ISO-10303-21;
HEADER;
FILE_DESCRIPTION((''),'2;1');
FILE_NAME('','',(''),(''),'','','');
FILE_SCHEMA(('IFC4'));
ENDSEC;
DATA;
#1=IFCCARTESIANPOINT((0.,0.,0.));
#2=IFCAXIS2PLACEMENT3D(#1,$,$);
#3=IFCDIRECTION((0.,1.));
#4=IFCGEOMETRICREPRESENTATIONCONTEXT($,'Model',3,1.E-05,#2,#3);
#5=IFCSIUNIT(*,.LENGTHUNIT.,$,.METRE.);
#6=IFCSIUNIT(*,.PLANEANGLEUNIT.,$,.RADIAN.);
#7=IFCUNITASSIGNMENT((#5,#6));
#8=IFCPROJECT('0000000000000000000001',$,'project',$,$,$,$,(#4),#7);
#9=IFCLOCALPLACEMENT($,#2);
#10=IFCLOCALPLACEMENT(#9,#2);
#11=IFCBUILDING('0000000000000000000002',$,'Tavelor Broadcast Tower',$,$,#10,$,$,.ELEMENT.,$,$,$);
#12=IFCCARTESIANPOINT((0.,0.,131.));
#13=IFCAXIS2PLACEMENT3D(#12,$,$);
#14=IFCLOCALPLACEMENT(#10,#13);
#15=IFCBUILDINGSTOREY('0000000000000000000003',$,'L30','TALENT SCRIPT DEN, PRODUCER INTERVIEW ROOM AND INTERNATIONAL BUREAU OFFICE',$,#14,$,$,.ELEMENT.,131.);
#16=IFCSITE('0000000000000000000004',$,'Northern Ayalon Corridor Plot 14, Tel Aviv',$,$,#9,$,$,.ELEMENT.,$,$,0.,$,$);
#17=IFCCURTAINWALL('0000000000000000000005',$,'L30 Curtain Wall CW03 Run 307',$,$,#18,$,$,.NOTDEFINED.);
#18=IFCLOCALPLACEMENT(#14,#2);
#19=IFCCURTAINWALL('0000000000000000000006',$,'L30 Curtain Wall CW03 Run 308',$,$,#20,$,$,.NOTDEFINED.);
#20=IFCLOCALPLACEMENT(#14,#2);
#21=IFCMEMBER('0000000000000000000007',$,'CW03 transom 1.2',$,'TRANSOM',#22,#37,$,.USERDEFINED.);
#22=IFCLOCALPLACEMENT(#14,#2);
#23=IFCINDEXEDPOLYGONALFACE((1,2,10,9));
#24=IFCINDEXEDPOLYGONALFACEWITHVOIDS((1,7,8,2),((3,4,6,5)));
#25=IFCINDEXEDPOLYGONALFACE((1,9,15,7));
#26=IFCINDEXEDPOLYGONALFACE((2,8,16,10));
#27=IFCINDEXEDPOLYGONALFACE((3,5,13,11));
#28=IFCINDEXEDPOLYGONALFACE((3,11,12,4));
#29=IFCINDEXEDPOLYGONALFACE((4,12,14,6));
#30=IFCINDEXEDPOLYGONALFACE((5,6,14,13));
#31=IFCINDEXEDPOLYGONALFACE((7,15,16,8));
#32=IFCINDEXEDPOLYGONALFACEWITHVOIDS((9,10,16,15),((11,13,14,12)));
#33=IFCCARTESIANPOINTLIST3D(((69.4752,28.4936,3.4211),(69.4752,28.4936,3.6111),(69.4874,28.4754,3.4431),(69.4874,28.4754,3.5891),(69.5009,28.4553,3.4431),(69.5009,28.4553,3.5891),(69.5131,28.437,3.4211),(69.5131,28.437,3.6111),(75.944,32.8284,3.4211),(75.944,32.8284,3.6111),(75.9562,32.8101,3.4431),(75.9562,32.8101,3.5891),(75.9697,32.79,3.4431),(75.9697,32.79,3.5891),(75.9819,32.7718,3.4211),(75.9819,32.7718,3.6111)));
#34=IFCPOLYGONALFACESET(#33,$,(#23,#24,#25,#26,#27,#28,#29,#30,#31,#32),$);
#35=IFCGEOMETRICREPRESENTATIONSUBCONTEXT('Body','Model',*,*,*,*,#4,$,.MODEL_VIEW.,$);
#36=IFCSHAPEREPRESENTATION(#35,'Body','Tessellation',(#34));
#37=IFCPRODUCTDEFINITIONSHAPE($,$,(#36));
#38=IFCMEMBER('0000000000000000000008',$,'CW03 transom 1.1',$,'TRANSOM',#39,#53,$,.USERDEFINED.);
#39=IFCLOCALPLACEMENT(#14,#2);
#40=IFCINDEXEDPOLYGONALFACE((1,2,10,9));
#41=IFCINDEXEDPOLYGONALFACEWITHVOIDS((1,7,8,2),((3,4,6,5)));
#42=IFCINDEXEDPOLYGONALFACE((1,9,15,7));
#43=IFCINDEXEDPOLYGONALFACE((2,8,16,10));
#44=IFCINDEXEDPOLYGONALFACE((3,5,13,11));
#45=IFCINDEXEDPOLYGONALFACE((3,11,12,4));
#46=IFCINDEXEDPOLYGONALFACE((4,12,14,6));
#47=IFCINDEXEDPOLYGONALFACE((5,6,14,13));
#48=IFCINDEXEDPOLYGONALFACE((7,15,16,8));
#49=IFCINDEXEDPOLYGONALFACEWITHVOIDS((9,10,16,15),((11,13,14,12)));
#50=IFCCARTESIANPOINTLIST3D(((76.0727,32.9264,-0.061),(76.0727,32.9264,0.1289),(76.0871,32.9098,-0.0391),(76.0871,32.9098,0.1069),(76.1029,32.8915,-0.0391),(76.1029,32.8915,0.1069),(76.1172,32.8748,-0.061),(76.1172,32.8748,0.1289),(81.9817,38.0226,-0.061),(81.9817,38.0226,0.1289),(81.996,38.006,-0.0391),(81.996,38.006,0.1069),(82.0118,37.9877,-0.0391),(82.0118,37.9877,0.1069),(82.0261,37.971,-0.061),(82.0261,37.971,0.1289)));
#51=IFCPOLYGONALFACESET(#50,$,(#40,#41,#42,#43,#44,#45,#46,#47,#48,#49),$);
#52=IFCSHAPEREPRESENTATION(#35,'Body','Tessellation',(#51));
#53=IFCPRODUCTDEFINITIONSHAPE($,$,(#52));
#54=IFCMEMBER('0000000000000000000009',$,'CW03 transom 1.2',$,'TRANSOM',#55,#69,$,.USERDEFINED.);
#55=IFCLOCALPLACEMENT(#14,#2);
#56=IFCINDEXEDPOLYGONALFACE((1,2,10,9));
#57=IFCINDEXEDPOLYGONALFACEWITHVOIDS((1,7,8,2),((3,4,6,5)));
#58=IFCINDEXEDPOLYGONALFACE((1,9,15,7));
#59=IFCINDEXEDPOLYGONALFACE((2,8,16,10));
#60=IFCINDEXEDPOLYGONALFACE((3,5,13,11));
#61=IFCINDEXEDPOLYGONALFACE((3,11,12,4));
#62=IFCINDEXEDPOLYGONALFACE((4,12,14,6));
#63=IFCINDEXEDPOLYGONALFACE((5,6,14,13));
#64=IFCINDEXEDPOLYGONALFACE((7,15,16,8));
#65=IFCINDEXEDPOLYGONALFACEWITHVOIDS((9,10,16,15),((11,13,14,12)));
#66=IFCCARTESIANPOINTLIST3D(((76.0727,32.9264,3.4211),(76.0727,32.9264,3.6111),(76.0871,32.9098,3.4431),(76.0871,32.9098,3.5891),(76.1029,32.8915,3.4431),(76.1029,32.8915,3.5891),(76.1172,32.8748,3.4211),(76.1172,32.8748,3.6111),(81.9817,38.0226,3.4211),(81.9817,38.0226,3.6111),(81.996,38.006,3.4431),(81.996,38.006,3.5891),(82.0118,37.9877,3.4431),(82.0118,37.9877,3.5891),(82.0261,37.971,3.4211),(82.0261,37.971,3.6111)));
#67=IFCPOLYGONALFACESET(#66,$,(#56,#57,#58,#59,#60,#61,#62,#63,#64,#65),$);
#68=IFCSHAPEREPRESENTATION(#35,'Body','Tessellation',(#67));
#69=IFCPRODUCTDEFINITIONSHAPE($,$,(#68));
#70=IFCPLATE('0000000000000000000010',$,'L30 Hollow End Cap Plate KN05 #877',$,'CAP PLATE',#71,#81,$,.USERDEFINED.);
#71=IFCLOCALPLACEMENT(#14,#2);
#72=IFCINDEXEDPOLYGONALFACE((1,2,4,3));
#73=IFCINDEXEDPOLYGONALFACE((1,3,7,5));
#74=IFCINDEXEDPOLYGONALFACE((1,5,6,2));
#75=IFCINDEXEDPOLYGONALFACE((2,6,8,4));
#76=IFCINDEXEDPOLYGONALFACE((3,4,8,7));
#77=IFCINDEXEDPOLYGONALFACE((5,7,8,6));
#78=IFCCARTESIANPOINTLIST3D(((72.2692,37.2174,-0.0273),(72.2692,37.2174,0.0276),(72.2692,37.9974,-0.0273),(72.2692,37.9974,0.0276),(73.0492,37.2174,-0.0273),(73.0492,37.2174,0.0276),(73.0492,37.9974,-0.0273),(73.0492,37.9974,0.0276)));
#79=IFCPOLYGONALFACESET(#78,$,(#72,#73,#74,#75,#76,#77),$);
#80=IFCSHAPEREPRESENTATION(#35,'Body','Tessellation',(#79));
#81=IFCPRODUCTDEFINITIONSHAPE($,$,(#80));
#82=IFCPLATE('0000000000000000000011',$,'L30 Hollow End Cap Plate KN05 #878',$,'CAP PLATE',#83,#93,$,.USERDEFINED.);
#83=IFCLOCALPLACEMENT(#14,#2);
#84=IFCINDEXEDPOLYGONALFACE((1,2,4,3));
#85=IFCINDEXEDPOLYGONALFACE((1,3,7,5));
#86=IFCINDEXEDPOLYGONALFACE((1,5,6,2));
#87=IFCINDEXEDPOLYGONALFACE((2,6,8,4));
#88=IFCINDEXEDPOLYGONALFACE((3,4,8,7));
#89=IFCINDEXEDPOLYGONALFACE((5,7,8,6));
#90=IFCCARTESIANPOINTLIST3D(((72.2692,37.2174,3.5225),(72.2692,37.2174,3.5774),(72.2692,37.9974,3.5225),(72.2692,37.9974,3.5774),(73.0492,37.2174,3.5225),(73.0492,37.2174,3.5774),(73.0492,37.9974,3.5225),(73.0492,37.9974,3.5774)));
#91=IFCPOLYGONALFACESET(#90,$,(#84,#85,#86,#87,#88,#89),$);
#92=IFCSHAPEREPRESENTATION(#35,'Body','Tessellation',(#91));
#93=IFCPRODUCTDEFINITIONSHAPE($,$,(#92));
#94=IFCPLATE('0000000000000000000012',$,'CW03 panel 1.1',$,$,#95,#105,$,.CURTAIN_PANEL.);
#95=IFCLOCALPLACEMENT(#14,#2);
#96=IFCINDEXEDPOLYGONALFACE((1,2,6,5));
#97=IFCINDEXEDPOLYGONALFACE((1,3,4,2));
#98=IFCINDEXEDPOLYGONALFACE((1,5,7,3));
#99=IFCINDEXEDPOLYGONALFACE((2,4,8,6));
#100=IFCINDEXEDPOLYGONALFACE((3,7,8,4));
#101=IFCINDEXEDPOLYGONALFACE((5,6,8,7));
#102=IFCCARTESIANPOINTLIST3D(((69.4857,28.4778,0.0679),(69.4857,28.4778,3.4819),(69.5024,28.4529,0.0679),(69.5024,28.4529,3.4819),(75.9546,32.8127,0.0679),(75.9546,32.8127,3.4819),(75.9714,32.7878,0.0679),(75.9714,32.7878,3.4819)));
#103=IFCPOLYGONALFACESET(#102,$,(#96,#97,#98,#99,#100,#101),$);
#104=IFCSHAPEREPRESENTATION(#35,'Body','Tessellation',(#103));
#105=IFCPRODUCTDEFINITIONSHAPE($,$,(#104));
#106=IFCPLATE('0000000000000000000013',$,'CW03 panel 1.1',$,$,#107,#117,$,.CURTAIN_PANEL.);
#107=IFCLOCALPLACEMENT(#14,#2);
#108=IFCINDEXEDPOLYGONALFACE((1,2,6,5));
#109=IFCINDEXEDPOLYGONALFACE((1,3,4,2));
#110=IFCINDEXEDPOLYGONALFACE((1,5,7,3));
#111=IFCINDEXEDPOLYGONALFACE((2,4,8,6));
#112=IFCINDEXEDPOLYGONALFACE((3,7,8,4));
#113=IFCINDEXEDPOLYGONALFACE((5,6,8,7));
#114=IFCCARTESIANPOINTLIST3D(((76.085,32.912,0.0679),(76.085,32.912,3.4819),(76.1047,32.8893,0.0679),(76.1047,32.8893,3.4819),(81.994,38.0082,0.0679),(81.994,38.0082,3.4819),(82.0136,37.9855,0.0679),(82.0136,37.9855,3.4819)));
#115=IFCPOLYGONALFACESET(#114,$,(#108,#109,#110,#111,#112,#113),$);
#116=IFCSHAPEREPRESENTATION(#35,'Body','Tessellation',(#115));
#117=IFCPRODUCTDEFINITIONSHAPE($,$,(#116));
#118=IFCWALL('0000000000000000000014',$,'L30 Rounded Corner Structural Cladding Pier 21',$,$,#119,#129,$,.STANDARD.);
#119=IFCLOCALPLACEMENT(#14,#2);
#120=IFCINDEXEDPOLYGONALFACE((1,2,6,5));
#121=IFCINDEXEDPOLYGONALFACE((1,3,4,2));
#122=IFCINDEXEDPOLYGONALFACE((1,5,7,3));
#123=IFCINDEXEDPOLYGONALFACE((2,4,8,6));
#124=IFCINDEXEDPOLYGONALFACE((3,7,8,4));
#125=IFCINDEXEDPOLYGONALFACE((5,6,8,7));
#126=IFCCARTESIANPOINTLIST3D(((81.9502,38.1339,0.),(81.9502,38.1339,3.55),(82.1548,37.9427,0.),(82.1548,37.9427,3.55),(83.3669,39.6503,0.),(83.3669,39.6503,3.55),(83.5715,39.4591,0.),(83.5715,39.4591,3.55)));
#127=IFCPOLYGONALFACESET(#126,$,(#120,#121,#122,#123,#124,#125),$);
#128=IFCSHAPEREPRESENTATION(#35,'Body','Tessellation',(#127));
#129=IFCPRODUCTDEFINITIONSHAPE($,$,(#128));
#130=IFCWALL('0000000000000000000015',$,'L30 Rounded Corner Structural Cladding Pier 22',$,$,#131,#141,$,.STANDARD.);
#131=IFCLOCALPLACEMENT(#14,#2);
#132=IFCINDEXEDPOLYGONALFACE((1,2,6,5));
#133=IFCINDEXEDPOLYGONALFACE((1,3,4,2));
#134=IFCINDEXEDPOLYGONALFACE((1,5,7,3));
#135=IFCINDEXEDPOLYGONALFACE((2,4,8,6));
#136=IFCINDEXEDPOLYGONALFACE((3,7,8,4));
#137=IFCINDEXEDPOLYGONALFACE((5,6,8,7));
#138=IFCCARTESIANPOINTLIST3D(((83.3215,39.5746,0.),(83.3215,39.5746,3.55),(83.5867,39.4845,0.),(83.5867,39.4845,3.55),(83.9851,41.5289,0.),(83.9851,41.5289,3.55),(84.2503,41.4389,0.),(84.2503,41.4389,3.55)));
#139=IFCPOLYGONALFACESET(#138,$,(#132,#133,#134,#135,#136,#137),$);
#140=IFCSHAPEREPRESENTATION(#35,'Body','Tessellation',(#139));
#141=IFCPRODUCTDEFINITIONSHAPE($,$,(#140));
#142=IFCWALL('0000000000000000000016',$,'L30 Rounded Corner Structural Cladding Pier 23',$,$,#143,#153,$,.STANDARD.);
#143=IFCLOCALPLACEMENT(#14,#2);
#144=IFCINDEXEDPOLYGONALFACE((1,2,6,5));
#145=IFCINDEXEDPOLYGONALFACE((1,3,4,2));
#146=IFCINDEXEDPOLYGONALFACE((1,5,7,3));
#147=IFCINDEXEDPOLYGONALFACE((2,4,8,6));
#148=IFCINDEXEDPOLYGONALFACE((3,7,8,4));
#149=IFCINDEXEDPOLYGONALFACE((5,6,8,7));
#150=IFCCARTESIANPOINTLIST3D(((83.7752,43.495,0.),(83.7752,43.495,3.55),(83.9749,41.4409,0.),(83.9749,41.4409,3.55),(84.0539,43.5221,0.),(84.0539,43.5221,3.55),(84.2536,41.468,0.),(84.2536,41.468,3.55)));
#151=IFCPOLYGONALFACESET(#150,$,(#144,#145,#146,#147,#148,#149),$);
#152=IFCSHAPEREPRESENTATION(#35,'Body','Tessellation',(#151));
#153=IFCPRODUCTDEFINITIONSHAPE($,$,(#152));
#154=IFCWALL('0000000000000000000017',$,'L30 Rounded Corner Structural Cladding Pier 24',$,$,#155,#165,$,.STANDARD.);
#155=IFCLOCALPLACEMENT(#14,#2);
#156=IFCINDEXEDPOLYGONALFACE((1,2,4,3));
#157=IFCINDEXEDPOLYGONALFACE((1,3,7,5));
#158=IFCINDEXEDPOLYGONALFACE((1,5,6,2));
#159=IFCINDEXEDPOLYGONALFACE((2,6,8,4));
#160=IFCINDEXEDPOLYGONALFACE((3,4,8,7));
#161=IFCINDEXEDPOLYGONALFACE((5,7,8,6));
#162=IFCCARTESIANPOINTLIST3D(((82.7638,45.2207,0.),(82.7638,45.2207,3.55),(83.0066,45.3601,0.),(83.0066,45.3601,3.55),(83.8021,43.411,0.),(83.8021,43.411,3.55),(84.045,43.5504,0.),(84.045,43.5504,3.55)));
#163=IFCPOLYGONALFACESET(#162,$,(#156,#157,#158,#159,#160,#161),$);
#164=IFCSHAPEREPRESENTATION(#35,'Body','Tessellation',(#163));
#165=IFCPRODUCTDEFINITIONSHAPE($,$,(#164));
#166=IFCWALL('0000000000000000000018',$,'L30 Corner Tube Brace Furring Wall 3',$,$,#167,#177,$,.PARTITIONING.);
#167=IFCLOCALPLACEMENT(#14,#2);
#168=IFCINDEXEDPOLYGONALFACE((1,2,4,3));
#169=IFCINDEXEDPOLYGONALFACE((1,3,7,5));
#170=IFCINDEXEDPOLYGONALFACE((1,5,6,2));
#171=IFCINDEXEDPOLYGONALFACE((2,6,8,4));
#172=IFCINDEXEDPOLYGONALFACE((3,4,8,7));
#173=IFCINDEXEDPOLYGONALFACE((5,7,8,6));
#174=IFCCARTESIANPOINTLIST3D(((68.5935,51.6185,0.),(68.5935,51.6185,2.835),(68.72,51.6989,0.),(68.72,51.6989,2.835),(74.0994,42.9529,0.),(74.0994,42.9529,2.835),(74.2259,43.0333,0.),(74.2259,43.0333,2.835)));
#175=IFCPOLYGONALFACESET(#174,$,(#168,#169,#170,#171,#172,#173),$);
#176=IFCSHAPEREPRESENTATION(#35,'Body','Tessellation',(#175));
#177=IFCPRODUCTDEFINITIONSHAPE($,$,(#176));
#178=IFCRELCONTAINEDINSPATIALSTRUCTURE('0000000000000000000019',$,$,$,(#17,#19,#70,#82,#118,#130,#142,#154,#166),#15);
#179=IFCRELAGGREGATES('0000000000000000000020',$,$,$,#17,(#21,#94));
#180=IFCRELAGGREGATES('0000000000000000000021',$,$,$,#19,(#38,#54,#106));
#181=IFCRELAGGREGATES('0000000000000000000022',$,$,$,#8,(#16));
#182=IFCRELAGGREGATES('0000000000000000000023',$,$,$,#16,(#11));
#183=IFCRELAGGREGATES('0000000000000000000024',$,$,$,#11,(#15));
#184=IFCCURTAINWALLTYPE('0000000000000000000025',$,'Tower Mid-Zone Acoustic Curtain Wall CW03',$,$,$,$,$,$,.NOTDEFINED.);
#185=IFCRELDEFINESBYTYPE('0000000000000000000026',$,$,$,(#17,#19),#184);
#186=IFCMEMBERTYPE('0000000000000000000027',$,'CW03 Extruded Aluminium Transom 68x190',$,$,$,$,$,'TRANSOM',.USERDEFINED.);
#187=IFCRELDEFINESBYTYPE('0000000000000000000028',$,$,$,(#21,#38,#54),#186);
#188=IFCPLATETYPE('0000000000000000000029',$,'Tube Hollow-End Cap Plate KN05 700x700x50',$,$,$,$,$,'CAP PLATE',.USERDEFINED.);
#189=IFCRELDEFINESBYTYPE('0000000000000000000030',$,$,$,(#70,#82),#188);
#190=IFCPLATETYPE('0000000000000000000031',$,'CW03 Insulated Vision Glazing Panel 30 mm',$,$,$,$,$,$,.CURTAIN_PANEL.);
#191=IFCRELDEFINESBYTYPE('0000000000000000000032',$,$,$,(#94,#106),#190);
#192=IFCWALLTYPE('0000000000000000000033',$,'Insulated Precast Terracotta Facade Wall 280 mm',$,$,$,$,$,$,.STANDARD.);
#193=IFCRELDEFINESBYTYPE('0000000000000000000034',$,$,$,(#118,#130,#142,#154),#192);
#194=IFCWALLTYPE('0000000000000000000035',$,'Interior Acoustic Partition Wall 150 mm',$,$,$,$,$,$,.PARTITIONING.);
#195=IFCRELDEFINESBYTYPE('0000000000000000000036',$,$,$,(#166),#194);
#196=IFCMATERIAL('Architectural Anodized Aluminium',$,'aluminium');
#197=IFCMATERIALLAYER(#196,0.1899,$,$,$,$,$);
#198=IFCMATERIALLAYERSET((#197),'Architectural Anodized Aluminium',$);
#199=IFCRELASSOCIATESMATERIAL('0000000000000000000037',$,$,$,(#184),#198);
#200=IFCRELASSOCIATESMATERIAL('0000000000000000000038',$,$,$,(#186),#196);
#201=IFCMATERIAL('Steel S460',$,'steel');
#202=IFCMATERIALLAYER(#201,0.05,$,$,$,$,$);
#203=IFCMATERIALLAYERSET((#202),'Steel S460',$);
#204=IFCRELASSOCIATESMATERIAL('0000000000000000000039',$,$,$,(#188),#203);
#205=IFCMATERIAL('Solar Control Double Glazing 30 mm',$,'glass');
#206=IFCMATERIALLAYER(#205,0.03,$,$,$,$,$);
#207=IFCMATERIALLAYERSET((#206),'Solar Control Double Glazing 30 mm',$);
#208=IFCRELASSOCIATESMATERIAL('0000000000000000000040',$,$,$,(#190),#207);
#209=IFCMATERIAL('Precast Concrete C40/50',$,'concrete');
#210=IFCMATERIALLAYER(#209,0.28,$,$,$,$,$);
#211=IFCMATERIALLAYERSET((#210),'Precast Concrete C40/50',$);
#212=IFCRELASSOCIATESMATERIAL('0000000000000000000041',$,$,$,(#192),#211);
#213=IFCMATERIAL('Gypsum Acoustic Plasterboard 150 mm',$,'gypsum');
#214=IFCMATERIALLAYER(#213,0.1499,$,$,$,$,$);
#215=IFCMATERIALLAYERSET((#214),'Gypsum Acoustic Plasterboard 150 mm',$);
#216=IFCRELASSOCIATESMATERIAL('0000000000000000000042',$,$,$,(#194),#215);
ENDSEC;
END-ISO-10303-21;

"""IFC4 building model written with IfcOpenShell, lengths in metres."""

from ifc_helpers import new_model, si_unit, direction, frame, frame_2d, origin, origin_2d, place, context, subcontext, project, spatial, rectangle, hollow_rectangle, extrude, source, transform, mapped, material, layer, layer_set, material_profile, profile_set, type_object, type_shapes, element, aggregate, save


model = new_model("IFC4")

# Units and contexts
model_context = context("Model", 3, precision=1e-05, world=origin(), true_north=direction((0.0, 1.0)))
body_context = subcontext(model_context, "Body", "Model", "MODEL_VIEW")
ifc_project = project(units=[si_unit("LENGTHUNIT", "METRE"), si_unit("PLANEANGLEUNIT", "RADIAN")], contexts=[model_context])

# Site, building, storey
site_placement = place(None, origin())
site = spatial("IfcSite", under=ifc_project, at=site_placement, Name="Northern Ayalon Corridor Plot 14, Tel Aviv", CompositionType="ELEMENT", RefElevation=0.0)
building_placement = place(site_placement, origin())
building = spatial("IfcBuilding", under=site, at=building_placement, Name="Tavelor Broadcast Tower", CompositionType="ELEMENT")
storey_placement = place(building_placement, frame((0.0, 0.0, 131.0)))
storey = spatial("IfcBuildingStorey", under=building, at=storey_placement, Name="L30", Description="TALENT SCRIPT DEN, PRODUCER INTERVIEW ROOM AND INTERNATIONAL BUREAU OFFICE", CompositionType="ELEMENT", Elevation=131.0)

# Shared definitions
ifc_material_1 = material(Name="Steel S460", Category="steel")

# Curtain wall
ifc_material_2 = material(Name="Architectural Anodized Aluminium", Category="aluminium")
ifc_layer_1 = layer(ifc_material_2, 0.1899)
ifc_layer_set_1 = layer_set([ifc_layer_1], Name="Architectural Anodized Aluminium")
curtain_wall_type = type_object("IfcCurtainWallType", Name="Tower Mid-Zone Acoustic Curtain Wall CW03", PredefinedType="NOTDEFINED", material=ifc_layer_set_1)
curtain_wall_1_placement = place(storey_placement, origin())
curtain_wall_1 = element("IfcCurtainWall", 1, at=curtain_wall_1_placement, inside=storey, type_object=curtain_wall_type, Name="L30 Curtain Wall CW03 Run 307", PredefinedType="NOTDEFINED")

# Curtain wall
curtain_wall_2_placement = place(storey_placement, origin())
curtain_wall_2 = element("IfcCurtainWall", 2, at=curtain_wall_2_placement, inside=storey, type_object=curtain_wall_type, Name="L30 Curtain Wall CW03 Run 308", PredefinedType="NOTDEFINED")

# Members
ifc_material_profile_1 = material_profile(ifc_material_2, hollow_rectangle(XDim=0.0681, YDim=0.1899, WallThickness=0.022, at=origin_2d()), Name="RHS 68x190x22")
ifc_profile_set_1 = profile_set([ifc_material_profile_1], Name="Architectural Anodized Aluminium")
member_type_1 = type_object("IfcMemberType", Name="CW03 Extruded Aluminium Transom 68x190", ElementType="TRANSOM", PredefinedType="USERDEFINED", material=ifc_profile_set_1)
shared_shape_1 = source(origin(), body_context, "Body", "SweptSolid", [
    extrude(hollow_rectangle(XDim=0.0681, YDim=0.1899, WallThickness=0.022, at=origin_2d()), origin(), (0.0, 0.0, 1.0), 7.7869),
])
member_1_placement = place(storey_placement, frame((69.4941, 28.4653, 3.5161), z_axis=(0.830731, 0.556674, 0.0), x_axis=(-0.556674, 0.830731, 0.0)))
member_1 = element("IfcMember", 3, at=member_1_placement, type_object=member_type_1, Name="CW03 transom 1.2", ObjectType="TRANSOM", PredefinedType="USERDEFINED", context=body_context, shape_type="MappedRepresentation", body=[
    mapped(shared_shape_1, transform((0.0, 0.0, 0.0), scale=1.0)),
])
shared_shape_2 = source(origin(), body_context, "Body", "SweptSolid", [
    extrude(hollow_rectangle(XDim=0.0681, YDim=0.1899, WallThickness=0.022, at=origin_2d()), origin(), (0.0, 0.0, 1.0), 7.803),
])
type_shapes(member_type_1, [shared_shape_1, shared_shape_2])
member_2_placement = place(storey_placement, frame((76.095, 32.9006, 0.0339), z_axis=(0.757265, 0.653107, 0.0), x_axis=(-0.653107, 0.757265, 0.0)))
member_2 = element("IfcMember", 4, at=member_2_placement, type_object=member_type_1, Name="CW03 transom 1.1", ObjectType="TRANSOM", PredefinedType="USERDEFINED", context=body_context, shape_type="MappedRepresentation", body=[
    mapped(shared_shape_2, transform((0.0, 0.0, 0.0), scale=1.0)),
])
member_3_placement = place(storey_placement, frame((76.095, 32.9006, 3.5161), z_axis=(0.757265, 0.653107, 0.0), x_axis=(-0.653107, 0.757265, 0.0)))
member_3 = element("IfcMember", 5, at=member_3_placement, type_object=member_type_1, Name="CW03 transom 1.2", ObjectType="TRANSOM", PredefinedType="USERDEFINED", context=body_context, shape_type="MappedRepresentation", body=[
    mapped(shared_shape_2, transform((0.0, 0.0, 0.0), scale=1.0)),
])

# Plates
ifc_layer_2 = layer(ifc_material_1, 0.05)
ifc_layer_set_2 = layer_set([ifc_layer_2], Name="Steel S460")
plate_type_1 = type_object("IfcPlateType", Name="Tube Hollow-End Cap Plate KN05 700x700x50", ElementType="CAP PLATE", PredefinedType="USERDEFINED", material=ifc_layer_set_2)
shared_shape_3 = source(origin(), body_context, "Body", "SweptSolid", [
    extrude(rectangle(XDim=0.78, YDim=0.78, at=origin_2d()), origin(), (0.0, 0.0, 1.0), 0.0549),
])
type_shapes(plate_type_1, [shared_shape_3])
for number, where, z_axis, x_axis, name in (
    (6, (72.6592, 37.6074, -0.0273), (0.0, 0.0, 1.0), (1.0, 0.0, 0.0), "L30 Hollow End Cap Plate KN05 #877"),
    (7, (72.6592, 37.6074, 3.5225), (0.0, 0.0, 1.0), (1.0, 0.0, 0.0), "L30 Hollow End Cap Plate KN05 #878"),
):
    element("IfcPlate", number, at=place(storey_placement, frame(where, z_axis=z_axis, x_axis=x_axis)), inside=storey, type_object=plate_type_1, Name=name, ObjectType="CAP PLATE", PredefinedType="USERDEFINED", context=body_context, shape_type="MappedRepresentation", body=[
        mapped(shared_shape_3, transform((0.0, 0.0, 0.0), scale=1.0)),
    ])

# Plates
ifc_material_3 = material(Name="Solar Control Double Glazing 30 mm", Category="glass")
ifc_layer_3 = layer(ifc_material_3, 0.03)
ifc_layer_set_3 = layer_set([ifc_layer_3], Name="Solar Control Double Glazing 30 mm")
plate_type_2 = type_object("IfcPlateType", Name="CW03 Insulated Vision Glazing Panel 30 mm", PredefinedType="CURTAIN_PANEL", material=ifc_layer_set_3)
shared_shape_4 = source(origin(), body_context, "Body", "SweptSolid", [
    extrude(rectangle(XDim=7.7871, YDim=0.03, at=origin_2d()), origin(), (0.0, 0.0, 1.0), 3.4141),
])
plate_1_placement = place(storey_placement, frame((72.7285, 30.6328, 0.0679), z_axis=(0.0, 0.0, 1.0), x_axis=(0.830728, 0.556679, 0.0)))
plate_1 = element("IfcPlate", 8, at=plate_1_placement, type_object=plate_type_2, Name="CW03 panel 1.1", PredefinedType="CURTAIN_PANEL", context=body_context, shape_type="MappedRepresentation", body=[
    mapped(shared_shape_4, transform((0.0, 0.0, 0.0), scale=1.0)),
])
aggregate(curtain_wall_1, [member_1, plate_1])
shared_shape_5 = source(origin(), body_context, "Body", "SweptSolid", [
    extrude(rectangle(XDim=7.803, YDim=0.03, at=origin_2d()), origin(), (0.0, 0.0, 1.0), 3.4141),
])
type_shapes(plate_type_2, [shared_shape_4, shared_shape_5])
plate_2_placement = place(storey_placement, frame((79.0493, 35.4487, 0.0679), z_axis=(0.0, 0.0, 1.0), x_axis=(0.757265, 0.653108, 0.0)))
plate_2 = element("IfcPlate", 9, at=plate_2_placement, type_object=plate_type_2, Name="CW03 panel 1.1", PredefinedType="CURTAIN_PANEL", context=body_context, shape_type="MappedRepresentation", body=[
    mapped(shared_shape_5, transform((0.0, 0.0, 0.0), scale=1.0)),
])
aggregate(curtain_wall_2, [member_2, member_3, plate_2])

# Walls
ifc_material_4 = material(Name="Precast Concrete C40/50", Category="concrete")
ifc_layer_4 = layer(ifc_material_4, 0.28)
ifc_layer_set_4 = layer_set([ifc_layer_4], Name="Precast Concrete C40/50")
wall_type_1 = type_object("IfcWallType", Name="Insulated Precast Terracotta Facade Wall 280 mm", PredefinedType="STANDARD", material=ifc_layer_set_4)
wall_1_placement = place(storey_placement, frame((82.0525, 38.0383, 0.0), z_axis=(0.0, 0.0, 1.0), x_axis=(0.6827, 0.730699, 0.0)))
element("IfcWall", 10, at=wall_1_placement, inside=storey, type_object=wall_type_1, Name="L30 Rounded Corner Structural Cladding Pier 21", PredefinedType="STANDARD", context=body_context, shape_type="SweptSolid", body=[
    extrude(rectangle(XDim=2.0752, YDim=0.28, at=frame_2d((1.0376, 0.0))), origin(), (0.0, 0.0, 1.0), 3.55),
])
wall_2_placement = place(storey_placement, frame((83.4541, 39.5295, 0.0), z_axis=(0.0, 0.0, 1.0), x_axis=(0.32151, 0.946906, 0.0)))
element("IfcWall", 11, at=wall_2_placement, inside=storey, type_object=wall_type_1, Name="L30 Rounded Corner Structural Cladding Pier 22", PredefinedType="STANDARD", context=body_context, shape_type="SweptSolid", body=[
    extrude(rectangle(XDim=2.064, YDim=0.28, at=frame_2d((1.032, 0.0))), origin(), (0.0, 0.0, 1.0), 3.55),
])
wall_3_placement = place(storey_placement, frame((84.1143, 41.4546, 0.0), z_axis=(0.0, 0.0, 1.0), x_axis=(-0.096774, 0.995306, 0.0)))
element("IfcWall", 12, at=wall_3_placement, inside=storey, type_object=wall_type_1, Name="L30 Rounded Corner Structural Cladding Pier 23", PredefinedType="STANDARD", context=body_context, shape_type="SweptSolid", body=[
    extrude(rectangle(XDim=2.0637, YDim=0.28, at=frame_2d((1.0317, 0.0))), origin(), (0.0, 0.0, 1.0), 3.55),
])
wall_4_placement = place(storey_placement, frame((83.9236, 43.4807, 0.0), z_axis=(0.0, 0.0, 1.0), x_axis=(-0.497688, 0.867356, 0.0)))
element("IfcWall", 13, at=wall_4_placement, inside=storey, type_object=wall_type_1, Name="L30 Rounded Corner Structural Cladding Pier 24", PredefinedType="STANDARD", context=body_context, shape_type="SweptSolid", body=[
    extrude(rectangle(XDim=2.0864, YDim=0.28, at=frame_2d((1.0432, 0.0))), origin(), (0.0, 0.0, 1.0), 3.55),
])
ifc_material_5 = material(Name="Gypsum Acoustic Plasterboard 150 mm", Category="gypsum")
ifc_layer_5 = layer(ifc_material_5, 0.1499)
ifc_layer_set_5 = layer_set([ifc_layer_5], Name="Gypsum Acoustic Plasterboard 150 mm")
wall_type_2 = type_object("IfcWallType", Name="Interior Acoustic Partition Wall 150 mm", PredefinedType="PARTITIONING", material=ifc_layer_set_5)
wall_5_placement = place(storey_placement, frame((74.1626, 42.9932, 0.0), z_axis=(0.0, 0.0, 1.0), x_axis=(-0.536281, 0.844039, 0.0)))
element("IfcWall", 14, at=wall_5_placement, inside=storey, type_object=wall_type_2, Name="L30 Corner Tube Brace Furring Wall 3", PredefinedType="PARTITIONING", context=body_context, shape_type="SweptSolid", body=[
    extrude(rectangle(XDim=10.2668, YDim=0.1499, at=frame_2d((5.1333, 0.0))), origin(), (0.0, 0.0, 1.0), 2.835),
])

save(model, "model.ifc")
